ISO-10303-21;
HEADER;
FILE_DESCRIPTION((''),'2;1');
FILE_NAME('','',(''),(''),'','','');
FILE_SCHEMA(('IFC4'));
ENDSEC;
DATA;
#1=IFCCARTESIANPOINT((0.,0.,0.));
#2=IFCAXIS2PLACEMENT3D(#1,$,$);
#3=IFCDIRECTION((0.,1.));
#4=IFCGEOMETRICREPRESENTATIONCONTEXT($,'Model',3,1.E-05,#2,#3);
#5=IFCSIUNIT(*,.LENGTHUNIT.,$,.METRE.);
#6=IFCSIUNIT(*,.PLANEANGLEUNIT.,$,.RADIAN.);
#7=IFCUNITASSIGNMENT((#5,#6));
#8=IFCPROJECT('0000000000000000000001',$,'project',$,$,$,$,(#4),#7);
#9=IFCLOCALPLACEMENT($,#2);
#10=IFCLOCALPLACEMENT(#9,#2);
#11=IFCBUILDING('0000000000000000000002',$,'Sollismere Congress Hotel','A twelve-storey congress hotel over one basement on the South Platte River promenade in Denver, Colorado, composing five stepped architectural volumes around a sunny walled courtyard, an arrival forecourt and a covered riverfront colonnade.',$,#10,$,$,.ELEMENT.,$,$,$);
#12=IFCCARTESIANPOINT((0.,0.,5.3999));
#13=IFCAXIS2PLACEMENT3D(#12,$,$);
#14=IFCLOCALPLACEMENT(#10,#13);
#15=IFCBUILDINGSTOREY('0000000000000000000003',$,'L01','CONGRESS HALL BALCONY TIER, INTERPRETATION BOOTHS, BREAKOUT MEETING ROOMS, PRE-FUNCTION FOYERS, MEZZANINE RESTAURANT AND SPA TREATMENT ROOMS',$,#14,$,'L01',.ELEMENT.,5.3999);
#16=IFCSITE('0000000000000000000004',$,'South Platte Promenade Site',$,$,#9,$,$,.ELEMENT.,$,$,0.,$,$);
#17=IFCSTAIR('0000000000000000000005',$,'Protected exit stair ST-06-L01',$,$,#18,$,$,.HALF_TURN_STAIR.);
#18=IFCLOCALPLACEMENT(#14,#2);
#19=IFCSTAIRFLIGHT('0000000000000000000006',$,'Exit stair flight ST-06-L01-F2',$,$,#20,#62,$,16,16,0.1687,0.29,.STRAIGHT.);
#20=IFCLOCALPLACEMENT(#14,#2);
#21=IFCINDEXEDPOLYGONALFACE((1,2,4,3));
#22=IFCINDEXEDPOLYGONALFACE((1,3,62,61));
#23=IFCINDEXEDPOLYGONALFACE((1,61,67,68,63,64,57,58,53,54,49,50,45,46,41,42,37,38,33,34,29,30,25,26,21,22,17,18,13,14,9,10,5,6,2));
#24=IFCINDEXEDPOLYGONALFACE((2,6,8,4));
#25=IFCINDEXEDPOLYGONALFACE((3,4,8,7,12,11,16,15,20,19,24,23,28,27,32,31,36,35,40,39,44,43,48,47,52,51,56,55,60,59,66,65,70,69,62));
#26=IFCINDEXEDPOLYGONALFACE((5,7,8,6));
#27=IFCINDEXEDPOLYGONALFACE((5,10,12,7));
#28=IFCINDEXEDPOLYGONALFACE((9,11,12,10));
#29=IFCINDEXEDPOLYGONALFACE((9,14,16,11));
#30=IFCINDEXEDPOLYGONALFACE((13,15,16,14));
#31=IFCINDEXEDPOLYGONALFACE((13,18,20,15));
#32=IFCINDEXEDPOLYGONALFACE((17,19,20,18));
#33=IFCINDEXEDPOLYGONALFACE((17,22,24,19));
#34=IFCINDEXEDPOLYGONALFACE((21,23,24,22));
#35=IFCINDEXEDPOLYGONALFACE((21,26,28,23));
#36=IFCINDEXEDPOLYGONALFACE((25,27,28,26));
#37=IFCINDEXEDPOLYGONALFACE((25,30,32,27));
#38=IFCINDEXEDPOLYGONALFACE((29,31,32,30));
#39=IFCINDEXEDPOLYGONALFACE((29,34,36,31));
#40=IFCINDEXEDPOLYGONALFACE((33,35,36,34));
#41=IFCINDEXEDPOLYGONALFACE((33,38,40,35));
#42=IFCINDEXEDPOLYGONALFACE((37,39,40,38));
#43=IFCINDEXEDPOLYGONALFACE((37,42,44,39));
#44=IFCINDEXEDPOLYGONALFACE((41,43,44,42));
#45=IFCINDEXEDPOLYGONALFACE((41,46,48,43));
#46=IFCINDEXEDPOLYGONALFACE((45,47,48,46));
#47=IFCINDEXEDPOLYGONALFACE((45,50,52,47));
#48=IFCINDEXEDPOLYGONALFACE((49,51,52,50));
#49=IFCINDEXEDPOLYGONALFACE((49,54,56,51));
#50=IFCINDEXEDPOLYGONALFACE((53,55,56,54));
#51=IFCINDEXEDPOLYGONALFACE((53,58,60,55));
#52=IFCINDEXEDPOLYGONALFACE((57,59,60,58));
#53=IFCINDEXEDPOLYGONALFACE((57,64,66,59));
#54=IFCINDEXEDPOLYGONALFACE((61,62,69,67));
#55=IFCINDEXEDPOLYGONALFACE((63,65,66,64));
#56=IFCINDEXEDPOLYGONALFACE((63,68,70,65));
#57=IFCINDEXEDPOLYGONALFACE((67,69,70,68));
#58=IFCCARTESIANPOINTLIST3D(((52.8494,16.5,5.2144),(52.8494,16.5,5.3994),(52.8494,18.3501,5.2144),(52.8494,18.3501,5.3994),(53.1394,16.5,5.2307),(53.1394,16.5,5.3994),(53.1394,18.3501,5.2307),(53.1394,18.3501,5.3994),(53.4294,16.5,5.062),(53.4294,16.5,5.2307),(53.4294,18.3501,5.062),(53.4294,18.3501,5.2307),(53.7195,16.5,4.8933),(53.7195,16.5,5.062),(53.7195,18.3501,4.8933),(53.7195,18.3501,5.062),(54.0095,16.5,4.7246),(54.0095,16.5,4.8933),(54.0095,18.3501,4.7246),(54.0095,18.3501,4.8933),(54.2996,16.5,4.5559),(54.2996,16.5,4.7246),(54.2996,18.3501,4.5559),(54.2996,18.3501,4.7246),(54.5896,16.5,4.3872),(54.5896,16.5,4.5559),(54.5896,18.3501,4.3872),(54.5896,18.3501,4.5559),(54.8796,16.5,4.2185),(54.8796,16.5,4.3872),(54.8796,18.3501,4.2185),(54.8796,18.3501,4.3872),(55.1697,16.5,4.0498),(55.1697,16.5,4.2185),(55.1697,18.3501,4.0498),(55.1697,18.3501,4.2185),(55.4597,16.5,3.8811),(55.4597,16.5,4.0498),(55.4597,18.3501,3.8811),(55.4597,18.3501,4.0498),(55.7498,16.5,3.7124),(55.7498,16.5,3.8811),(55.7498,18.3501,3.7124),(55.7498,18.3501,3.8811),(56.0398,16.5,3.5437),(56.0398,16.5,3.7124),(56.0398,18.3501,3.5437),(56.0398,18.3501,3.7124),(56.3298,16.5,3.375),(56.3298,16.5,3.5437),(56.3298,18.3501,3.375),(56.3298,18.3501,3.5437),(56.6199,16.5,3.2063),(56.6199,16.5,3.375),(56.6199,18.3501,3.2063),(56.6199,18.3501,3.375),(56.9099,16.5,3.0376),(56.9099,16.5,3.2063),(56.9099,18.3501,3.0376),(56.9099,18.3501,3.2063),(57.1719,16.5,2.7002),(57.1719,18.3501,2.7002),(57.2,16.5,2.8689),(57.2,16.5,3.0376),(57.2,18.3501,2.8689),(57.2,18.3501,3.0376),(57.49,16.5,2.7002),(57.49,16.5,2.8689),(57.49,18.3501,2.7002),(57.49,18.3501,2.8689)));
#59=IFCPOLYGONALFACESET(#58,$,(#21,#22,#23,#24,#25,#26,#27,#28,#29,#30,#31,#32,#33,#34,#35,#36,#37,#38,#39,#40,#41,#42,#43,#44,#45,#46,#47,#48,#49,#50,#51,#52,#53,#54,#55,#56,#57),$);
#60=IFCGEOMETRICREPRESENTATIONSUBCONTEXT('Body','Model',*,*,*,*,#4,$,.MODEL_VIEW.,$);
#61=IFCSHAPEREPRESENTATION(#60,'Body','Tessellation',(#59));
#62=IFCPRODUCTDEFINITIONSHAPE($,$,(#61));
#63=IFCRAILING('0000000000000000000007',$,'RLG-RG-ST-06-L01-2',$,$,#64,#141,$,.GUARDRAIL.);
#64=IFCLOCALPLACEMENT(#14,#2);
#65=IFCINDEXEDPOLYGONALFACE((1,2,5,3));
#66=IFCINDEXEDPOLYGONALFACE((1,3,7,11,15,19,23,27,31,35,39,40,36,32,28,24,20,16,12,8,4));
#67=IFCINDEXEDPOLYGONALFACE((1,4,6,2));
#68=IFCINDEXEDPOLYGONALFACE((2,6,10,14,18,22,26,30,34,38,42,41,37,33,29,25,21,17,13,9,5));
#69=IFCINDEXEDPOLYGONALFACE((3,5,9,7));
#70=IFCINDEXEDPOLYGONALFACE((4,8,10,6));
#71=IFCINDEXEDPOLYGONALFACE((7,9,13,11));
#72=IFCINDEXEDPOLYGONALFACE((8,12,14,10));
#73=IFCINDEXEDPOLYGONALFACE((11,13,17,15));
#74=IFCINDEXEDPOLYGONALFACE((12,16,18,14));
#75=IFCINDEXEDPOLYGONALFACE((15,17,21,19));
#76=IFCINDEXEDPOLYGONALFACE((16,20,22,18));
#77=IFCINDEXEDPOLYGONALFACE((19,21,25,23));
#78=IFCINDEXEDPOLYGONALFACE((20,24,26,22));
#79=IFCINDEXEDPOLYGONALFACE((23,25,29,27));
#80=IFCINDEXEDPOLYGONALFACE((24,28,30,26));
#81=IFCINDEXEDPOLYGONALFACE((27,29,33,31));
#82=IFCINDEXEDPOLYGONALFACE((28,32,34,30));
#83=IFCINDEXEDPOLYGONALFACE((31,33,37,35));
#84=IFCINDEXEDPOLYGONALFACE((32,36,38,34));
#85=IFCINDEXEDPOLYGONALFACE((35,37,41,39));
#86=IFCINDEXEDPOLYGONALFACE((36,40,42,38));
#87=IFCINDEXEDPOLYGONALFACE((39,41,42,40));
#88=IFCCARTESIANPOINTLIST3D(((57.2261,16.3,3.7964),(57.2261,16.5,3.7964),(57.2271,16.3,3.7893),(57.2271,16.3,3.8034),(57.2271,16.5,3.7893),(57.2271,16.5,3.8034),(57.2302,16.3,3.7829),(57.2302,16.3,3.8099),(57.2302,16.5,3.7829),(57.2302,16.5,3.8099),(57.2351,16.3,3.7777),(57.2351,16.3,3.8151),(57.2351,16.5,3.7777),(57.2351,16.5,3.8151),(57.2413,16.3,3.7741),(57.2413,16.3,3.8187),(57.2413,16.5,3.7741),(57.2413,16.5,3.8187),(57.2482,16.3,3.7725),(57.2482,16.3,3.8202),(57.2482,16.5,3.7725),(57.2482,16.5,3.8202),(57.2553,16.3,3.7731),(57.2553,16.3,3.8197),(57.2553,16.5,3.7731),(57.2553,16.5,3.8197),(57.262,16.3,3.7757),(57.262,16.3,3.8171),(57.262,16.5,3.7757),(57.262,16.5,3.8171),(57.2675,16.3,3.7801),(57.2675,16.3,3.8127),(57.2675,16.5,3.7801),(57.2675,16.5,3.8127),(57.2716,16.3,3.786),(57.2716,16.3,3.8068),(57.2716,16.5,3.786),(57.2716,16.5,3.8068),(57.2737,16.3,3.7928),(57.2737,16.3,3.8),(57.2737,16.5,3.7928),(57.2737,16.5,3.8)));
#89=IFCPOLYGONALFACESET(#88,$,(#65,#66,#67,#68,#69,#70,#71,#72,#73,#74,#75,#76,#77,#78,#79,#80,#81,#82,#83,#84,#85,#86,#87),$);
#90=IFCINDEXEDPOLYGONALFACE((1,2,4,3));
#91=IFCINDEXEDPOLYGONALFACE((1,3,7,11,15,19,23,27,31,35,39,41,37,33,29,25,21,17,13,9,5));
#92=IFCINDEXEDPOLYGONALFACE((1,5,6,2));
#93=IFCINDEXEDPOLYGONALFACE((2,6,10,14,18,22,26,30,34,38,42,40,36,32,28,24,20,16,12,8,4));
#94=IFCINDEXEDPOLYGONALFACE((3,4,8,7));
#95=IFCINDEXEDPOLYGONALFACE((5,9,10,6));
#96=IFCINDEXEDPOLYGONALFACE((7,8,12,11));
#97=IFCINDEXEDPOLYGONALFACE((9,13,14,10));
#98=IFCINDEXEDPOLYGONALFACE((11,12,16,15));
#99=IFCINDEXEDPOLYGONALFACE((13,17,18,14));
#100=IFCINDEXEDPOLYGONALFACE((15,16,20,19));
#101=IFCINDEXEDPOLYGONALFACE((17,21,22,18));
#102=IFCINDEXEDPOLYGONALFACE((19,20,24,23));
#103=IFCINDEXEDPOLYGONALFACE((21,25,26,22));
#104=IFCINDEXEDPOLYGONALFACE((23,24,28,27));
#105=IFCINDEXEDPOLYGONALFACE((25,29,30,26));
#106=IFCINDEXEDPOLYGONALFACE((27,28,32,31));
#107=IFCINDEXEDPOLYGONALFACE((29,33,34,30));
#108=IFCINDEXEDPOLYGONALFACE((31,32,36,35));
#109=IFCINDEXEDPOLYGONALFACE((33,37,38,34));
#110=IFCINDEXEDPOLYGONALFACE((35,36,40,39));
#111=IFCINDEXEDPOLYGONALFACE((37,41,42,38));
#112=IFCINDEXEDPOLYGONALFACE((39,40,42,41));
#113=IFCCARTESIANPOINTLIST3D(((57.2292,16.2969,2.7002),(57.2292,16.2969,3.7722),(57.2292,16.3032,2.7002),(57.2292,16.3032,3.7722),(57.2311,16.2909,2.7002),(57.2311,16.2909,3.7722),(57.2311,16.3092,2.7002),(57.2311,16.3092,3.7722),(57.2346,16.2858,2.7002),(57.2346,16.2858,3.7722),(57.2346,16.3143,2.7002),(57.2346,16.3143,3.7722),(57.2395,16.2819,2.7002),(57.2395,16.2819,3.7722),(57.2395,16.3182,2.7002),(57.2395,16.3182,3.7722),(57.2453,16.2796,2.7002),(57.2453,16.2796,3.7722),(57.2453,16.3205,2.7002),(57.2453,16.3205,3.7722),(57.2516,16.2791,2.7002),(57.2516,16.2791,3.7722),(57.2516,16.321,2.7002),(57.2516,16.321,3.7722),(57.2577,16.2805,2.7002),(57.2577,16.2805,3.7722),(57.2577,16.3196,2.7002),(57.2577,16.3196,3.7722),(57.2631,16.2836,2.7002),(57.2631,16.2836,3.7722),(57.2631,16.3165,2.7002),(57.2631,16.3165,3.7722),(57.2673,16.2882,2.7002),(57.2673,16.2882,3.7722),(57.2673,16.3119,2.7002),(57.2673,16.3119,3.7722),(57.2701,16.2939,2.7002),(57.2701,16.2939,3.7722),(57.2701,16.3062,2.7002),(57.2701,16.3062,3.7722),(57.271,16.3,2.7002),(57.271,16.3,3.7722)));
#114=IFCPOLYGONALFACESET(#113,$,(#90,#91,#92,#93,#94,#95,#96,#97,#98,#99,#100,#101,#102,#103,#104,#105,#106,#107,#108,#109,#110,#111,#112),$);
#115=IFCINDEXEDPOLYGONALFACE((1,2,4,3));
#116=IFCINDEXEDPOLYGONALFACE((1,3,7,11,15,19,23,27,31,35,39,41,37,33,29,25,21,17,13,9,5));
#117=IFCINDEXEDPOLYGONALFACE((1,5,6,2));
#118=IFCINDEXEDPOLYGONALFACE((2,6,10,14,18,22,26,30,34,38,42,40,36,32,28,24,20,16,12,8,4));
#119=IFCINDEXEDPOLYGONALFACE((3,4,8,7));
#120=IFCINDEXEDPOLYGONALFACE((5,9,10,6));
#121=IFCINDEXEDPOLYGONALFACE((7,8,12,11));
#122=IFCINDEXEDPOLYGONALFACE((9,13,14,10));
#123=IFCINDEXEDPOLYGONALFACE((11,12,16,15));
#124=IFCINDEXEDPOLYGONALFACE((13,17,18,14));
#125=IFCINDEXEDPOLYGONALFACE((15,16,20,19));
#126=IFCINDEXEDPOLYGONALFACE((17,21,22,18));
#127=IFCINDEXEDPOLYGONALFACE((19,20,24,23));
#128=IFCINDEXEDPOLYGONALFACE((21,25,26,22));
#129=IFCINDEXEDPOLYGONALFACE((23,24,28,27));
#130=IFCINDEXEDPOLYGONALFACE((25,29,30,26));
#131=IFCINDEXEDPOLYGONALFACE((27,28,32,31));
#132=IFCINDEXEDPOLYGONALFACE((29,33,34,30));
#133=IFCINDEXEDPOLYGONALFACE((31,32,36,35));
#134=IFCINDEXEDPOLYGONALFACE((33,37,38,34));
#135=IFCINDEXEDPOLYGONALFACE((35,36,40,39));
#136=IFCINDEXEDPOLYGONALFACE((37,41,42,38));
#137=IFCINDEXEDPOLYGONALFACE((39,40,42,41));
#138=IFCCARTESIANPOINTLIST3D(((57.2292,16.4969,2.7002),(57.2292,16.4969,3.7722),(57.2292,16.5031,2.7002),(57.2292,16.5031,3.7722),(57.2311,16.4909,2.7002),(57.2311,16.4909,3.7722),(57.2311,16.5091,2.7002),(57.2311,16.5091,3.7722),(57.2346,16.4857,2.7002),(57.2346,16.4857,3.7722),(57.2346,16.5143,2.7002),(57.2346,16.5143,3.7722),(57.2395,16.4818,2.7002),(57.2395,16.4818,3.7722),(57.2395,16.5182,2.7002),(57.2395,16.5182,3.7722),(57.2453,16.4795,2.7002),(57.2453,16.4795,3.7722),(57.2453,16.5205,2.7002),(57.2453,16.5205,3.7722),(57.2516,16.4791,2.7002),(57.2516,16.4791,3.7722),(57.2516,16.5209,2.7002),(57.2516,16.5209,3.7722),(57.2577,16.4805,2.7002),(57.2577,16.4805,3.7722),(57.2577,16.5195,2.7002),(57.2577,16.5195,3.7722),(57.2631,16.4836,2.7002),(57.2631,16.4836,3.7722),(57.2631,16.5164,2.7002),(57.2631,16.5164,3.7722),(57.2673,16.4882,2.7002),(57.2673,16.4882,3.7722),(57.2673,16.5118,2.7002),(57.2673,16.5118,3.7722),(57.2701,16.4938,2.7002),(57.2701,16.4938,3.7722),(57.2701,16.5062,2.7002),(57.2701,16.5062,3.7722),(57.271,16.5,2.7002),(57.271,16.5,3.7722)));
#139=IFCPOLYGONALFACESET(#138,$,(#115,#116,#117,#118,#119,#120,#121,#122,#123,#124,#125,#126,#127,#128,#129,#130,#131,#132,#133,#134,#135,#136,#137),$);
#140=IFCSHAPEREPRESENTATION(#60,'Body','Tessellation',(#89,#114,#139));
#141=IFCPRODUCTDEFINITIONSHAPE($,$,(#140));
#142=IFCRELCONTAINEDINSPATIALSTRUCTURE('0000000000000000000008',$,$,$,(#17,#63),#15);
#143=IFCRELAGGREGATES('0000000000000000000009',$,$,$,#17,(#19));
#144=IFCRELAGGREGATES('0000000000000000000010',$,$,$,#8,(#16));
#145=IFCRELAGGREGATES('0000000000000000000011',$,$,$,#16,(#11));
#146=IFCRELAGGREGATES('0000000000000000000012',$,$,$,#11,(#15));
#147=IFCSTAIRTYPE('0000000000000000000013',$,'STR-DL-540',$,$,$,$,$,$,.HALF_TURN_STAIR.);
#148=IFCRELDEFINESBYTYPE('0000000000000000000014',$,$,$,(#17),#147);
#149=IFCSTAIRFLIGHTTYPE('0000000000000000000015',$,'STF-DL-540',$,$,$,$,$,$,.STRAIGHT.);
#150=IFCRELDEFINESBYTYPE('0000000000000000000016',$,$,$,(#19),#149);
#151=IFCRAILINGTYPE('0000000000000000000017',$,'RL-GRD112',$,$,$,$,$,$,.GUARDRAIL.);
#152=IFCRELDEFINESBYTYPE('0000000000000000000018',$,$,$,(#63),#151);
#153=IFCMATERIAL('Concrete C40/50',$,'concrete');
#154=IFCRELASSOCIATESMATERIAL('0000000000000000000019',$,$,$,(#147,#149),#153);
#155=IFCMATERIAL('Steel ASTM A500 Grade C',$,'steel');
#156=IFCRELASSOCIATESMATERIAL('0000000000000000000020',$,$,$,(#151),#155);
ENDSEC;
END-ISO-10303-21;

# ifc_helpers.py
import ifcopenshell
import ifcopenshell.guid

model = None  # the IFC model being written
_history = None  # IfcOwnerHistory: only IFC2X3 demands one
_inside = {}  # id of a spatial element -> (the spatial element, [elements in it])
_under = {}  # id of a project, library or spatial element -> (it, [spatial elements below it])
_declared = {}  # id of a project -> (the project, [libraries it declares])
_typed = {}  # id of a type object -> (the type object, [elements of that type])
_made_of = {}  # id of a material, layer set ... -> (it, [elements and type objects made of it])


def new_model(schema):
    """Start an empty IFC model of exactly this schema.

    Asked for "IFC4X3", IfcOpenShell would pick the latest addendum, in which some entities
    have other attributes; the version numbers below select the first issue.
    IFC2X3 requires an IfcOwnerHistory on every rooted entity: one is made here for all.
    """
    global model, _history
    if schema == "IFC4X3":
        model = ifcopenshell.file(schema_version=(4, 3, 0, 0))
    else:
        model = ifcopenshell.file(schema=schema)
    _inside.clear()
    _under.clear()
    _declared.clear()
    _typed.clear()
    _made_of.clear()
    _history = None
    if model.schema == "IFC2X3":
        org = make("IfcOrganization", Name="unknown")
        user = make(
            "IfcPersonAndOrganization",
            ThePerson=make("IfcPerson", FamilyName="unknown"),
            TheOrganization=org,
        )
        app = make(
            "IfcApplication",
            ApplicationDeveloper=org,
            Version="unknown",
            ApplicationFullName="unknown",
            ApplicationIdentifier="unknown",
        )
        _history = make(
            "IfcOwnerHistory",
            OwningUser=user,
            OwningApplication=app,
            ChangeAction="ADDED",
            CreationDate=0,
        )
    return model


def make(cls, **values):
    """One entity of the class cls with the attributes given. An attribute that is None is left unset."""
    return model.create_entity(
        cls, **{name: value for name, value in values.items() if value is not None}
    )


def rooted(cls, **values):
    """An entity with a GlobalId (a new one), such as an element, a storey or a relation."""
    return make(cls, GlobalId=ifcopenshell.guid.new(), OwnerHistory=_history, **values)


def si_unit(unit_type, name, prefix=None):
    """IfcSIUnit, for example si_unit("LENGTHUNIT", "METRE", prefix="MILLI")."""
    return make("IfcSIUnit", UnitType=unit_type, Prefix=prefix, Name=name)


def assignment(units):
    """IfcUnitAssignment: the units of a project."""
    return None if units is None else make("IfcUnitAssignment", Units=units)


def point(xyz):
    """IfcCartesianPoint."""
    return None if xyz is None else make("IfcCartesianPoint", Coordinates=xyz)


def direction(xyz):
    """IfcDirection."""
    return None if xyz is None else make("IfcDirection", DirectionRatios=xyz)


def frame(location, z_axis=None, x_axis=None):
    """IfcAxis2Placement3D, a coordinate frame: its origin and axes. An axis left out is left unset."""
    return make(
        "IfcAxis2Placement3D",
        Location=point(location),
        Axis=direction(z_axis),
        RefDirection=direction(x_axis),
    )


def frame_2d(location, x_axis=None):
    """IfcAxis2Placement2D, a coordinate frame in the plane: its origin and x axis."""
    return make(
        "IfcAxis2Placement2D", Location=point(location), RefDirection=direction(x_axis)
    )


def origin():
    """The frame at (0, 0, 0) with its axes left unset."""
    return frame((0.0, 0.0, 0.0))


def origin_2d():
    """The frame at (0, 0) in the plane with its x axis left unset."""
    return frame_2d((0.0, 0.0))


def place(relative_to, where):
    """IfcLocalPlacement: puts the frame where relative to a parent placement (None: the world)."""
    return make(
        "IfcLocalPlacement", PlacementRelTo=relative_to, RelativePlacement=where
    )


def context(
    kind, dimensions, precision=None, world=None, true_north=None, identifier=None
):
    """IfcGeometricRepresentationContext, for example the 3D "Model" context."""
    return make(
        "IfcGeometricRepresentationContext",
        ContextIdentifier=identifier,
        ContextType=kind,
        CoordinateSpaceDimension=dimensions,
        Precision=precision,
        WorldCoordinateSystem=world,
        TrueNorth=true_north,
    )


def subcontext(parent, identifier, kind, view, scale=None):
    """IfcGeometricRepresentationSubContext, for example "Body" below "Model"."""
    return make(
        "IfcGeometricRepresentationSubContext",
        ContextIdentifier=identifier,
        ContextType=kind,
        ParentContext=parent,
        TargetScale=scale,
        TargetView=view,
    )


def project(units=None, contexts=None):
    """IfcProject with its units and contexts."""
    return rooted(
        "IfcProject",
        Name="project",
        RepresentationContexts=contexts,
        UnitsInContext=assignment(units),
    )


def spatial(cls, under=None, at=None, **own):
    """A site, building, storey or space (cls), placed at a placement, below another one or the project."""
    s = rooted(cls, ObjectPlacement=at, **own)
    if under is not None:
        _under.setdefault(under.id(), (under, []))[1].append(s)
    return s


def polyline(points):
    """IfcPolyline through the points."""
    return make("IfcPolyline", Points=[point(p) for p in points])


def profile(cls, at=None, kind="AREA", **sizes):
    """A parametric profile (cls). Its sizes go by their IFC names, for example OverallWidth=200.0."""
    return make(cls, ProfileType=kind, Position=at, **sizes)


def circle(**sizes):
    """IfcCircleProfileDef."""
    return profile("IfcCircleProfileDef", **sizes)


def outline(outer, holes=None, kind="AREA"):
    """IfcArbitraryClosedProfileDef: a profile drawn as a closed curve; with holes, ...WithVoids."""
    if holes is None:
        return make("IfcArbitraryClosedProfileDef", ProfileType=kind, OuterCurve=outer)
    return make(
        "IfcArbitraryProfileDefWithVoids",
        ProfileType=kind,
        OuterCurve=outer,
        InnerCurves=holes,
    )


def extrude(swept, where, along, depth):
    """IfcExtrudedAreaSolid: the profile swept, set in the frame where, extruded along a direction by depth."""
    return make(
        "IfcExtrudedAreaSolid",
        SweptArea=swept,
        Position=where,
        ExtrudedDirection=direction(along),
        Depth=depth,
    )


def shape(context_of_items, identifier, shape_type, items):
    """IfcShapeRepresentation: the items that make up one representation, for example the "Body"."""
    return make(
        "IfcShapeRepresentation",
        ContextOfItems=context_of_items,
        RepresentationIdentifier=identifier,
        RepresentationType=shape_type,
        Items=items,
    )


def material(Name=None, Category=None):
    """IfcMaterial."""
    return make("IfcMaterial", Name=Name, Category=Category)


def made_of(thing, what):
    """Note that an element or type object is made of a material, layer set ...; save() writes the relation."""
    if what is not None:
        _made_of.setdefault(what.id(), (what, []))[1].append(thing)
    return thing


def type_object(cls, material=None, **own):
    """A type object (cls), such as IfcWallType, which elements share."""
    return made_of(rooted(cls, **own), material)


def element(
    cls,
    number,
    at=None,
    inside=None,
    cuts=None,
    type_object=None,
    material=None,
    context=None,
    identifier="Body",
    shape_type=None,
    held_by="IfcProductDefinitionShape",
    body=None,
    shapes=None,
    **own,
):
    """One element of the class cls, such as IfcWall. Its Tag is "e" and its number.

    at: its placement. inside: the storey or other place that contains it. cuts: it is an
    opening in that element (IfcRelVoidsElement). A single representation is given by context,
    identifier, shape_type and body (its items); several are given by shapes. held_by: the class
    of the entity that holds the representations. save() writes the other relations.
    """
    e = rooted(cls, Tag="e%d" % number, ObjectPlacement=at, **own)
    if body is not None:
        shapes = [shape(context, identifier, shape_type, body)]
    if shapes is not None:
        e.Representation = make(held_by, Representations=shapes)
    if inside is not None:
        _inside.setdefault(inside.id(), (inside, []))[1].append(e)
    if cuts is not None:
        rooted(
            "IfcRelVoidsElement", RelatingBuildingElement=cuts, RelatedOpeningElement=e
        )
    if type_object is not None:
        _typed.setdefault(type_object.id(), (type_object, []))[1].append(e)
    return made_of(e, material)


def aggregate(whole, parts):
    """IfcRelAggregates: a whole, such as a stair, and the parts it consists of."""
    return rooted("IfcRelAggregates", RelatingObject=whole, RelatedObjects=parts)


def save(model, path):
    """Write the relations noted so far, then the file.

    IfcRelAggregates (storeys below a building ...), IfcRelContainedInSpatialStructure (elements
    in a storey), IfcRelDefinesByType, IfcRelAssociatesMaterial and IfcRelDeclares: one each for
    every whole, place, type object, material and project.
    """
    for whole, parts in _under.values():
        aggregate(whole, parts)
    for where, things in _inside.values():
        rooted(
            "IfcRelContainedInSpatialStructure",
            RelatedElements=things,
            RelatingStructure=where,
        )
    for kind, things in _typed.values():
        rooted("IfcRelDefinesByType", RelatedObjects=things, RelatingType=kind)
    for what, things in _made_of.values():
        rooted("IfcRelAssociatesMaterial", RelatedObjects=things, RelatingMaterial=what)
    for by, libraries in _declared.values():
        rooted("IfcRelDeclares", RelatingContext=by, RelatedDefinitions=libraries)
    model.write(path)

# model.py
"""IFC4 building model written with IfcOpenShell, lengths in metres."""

from ifc_helpers import new_model, si_unit, direction, frame, origin, origin_2d, place, context, subcontext, project, spatial, polyline, circle, outline, extrude, material, type_object, element, aggregate, save


model = new_model("IFC4")

# Units and contexts
model_context = context("Model", 3, precision=1e-05, world=origin(), true_north=direction((0.0, 1.0)))
body_context = subcontext(model_context, "Body", "Model", "MODEL_VIEW")
ifc_project = project(units=[si_unit("LENGTHUNIT", "METRE"), si_unit("PLANEANGLEUNIT", "RADIAN")], contexts=[model_context])

# Site, building, storey
site_placement = place(None, origin())
site = spatial("IfcSite", under=ifc_project, at=site_placement, Name="South Platte Promenade Site", CompositionType="ELEMENT", RefElevation=0.0)
building_placement = place(site_placement, origin())
building = spatial("IfcBuilding", under=site, at=building_placement, Name="Sollismere Congress Hotel", Description="A twelve-storey congress hotel over one basement on the South Platte River promenade in Denver, Colorado, composing five stepped architectural volumes around a sunny walled courtyard, an arrival forecourt and a covered riverfront colonnade.", CompositionType="ELEMENT")
storey_placement = place(building_placement, frame((0.0, 0.0, 5.3999)))
storey = spatial("IfcBuildingStorey", under=building, at=storey_placement, Name="L01", Description="CONGRESS HALL BALCONY TIER, INTERPRETATION BOOTHS, BREAKOUT MEETING ROOMS, PRE-FUNCTION FOYERS, MEZZANINE RESTAURANT AND SPA TREATMENT ROOMS", LongName="L01", CompositionType="ELEMENT", Elevation=5.3999)

# Stair, stair flight
ifc_material_1 = material(Name="Concrete C40/50", Category="concrete")
stair_type = type_object("IfcStairType", Name="STR-DL-540", PredefinedType="HALF_TURN_STAIR", material=ifc_material_1)
stair_placement = place(storey_placement, origin())
stair = element("IfcStair", 1, at=stair_placement, inside=storey, type_object=stair_type, Name="Protected exit stair ST-06-L01", PredefinedType="HALF_TURN_STAIR")
stair_flight_type = type_object("IfcStairFlightType", Name="STF-DL-540", PredefinedType="STRAIGHT", material=ifc_material_1)
stair_flight_placement = place(storey_placement, frame((57.49, 17.425, 2.7002), z_axis=(0.0, 0.0, 1.0), x_axis=(-1.0, 0.0, 0.0)))
stair_flight = element("IfcStairFlight", 2, at=stair_flight_placement, type_object=stair_flight_type, Name="Exit stair flight ST-06-L01-F2", NumberOfRisers=16, NumberOfTreads=16, PredefinedType="STRAIGHT", RiserHeight=0.1687, TreadLength=0.29, context=body_context, shape_type="SweptSolid", body=[
    extrude(outline(polyline([(0.0, 0.0), (0.0, 0.1687), (0.29, 0.1687), (0.29, 0.3374), (0.5801, 0.3374), (0.5801, 0.5061), (0.8701, 0.5061), (0.8701, 0.6748), (1.1602, 0.6748), (1.1602, 0.8435), (1.4502, 0.8435), (1.4502, 1.0122), (1.7402, 1.0122), (1.7402, 1.1809), (2.0303, 1.1809), (2.0303, 1.3496), (2.3203, 1.3496), (2.3203, 1.5183), (2.6104, 1.5183), (2.6104, 1.687), (2.9004, 1.687), (2.9004, 1.8557), (3.1904, 1.8557), (3.1904, 2.0244), (3.4805, 2.0244), (3.4805, 2.1931), (3.7705, 2.1931), (3.7705, 2.3618), (4.0605, 2.3618), (4.0605, 2.5305), (4.3506, 2.5305), (4.3506, 2.6992), (4.6406, 2.6992), (4.6406, 2.5142), (0.3181, 0.0), (0.0, 0.0)])), frame((0.0, 0.925, 0.0), z_axis=(0.0, -1.0, 0.0), x_axis=(1.0, 0.0, 0.0)), (0.0, 0.0, 1.0), 1.8501),
])
aggregate(stair, [stair_flight])

# Railing
ifc_material_2 = material(Name="Steel ASTM A500 Grade C", Category="steel")
railing_type_1 = type_object("IfcRailingType", Name="RL-GRD112", PredefinedType="GUARDRAIL", material=ifc_material_2)
railing_1_placement = place(storey_placement, frame((57.25, 16.3, 2.7002)))
element("IfcRailing", 3, at=railing_1_placement, inside=storey, type_object=railing_type_1, Name="RLG-RG-ST-06-L01-2", PredefinedType="GUARDRAIL", context=body_context, shape_type="SweptSolid", body=[
    extrude(circle(Radius=0.0239, at=origin_2d()), frame((0.0, 0.0, 1.0962), z_axis=(0.0, 1.0, 0.0), x_axis=(-1.0, 0.0, 0.0)), (0.0, 0.0, 1.0), 0.2),
    extrude(circle(Radius=0.021, at=origin_2d()), origin(), (0.0, 0.0, 1.0), 1.072),
    extrude(circle(Radius=0.021, at=origin_2d()), frame((0.0, 0.2, 0.0)), (0.0, 0.0, 1.0), 1.072),
])

save(model, "model.ifc")
